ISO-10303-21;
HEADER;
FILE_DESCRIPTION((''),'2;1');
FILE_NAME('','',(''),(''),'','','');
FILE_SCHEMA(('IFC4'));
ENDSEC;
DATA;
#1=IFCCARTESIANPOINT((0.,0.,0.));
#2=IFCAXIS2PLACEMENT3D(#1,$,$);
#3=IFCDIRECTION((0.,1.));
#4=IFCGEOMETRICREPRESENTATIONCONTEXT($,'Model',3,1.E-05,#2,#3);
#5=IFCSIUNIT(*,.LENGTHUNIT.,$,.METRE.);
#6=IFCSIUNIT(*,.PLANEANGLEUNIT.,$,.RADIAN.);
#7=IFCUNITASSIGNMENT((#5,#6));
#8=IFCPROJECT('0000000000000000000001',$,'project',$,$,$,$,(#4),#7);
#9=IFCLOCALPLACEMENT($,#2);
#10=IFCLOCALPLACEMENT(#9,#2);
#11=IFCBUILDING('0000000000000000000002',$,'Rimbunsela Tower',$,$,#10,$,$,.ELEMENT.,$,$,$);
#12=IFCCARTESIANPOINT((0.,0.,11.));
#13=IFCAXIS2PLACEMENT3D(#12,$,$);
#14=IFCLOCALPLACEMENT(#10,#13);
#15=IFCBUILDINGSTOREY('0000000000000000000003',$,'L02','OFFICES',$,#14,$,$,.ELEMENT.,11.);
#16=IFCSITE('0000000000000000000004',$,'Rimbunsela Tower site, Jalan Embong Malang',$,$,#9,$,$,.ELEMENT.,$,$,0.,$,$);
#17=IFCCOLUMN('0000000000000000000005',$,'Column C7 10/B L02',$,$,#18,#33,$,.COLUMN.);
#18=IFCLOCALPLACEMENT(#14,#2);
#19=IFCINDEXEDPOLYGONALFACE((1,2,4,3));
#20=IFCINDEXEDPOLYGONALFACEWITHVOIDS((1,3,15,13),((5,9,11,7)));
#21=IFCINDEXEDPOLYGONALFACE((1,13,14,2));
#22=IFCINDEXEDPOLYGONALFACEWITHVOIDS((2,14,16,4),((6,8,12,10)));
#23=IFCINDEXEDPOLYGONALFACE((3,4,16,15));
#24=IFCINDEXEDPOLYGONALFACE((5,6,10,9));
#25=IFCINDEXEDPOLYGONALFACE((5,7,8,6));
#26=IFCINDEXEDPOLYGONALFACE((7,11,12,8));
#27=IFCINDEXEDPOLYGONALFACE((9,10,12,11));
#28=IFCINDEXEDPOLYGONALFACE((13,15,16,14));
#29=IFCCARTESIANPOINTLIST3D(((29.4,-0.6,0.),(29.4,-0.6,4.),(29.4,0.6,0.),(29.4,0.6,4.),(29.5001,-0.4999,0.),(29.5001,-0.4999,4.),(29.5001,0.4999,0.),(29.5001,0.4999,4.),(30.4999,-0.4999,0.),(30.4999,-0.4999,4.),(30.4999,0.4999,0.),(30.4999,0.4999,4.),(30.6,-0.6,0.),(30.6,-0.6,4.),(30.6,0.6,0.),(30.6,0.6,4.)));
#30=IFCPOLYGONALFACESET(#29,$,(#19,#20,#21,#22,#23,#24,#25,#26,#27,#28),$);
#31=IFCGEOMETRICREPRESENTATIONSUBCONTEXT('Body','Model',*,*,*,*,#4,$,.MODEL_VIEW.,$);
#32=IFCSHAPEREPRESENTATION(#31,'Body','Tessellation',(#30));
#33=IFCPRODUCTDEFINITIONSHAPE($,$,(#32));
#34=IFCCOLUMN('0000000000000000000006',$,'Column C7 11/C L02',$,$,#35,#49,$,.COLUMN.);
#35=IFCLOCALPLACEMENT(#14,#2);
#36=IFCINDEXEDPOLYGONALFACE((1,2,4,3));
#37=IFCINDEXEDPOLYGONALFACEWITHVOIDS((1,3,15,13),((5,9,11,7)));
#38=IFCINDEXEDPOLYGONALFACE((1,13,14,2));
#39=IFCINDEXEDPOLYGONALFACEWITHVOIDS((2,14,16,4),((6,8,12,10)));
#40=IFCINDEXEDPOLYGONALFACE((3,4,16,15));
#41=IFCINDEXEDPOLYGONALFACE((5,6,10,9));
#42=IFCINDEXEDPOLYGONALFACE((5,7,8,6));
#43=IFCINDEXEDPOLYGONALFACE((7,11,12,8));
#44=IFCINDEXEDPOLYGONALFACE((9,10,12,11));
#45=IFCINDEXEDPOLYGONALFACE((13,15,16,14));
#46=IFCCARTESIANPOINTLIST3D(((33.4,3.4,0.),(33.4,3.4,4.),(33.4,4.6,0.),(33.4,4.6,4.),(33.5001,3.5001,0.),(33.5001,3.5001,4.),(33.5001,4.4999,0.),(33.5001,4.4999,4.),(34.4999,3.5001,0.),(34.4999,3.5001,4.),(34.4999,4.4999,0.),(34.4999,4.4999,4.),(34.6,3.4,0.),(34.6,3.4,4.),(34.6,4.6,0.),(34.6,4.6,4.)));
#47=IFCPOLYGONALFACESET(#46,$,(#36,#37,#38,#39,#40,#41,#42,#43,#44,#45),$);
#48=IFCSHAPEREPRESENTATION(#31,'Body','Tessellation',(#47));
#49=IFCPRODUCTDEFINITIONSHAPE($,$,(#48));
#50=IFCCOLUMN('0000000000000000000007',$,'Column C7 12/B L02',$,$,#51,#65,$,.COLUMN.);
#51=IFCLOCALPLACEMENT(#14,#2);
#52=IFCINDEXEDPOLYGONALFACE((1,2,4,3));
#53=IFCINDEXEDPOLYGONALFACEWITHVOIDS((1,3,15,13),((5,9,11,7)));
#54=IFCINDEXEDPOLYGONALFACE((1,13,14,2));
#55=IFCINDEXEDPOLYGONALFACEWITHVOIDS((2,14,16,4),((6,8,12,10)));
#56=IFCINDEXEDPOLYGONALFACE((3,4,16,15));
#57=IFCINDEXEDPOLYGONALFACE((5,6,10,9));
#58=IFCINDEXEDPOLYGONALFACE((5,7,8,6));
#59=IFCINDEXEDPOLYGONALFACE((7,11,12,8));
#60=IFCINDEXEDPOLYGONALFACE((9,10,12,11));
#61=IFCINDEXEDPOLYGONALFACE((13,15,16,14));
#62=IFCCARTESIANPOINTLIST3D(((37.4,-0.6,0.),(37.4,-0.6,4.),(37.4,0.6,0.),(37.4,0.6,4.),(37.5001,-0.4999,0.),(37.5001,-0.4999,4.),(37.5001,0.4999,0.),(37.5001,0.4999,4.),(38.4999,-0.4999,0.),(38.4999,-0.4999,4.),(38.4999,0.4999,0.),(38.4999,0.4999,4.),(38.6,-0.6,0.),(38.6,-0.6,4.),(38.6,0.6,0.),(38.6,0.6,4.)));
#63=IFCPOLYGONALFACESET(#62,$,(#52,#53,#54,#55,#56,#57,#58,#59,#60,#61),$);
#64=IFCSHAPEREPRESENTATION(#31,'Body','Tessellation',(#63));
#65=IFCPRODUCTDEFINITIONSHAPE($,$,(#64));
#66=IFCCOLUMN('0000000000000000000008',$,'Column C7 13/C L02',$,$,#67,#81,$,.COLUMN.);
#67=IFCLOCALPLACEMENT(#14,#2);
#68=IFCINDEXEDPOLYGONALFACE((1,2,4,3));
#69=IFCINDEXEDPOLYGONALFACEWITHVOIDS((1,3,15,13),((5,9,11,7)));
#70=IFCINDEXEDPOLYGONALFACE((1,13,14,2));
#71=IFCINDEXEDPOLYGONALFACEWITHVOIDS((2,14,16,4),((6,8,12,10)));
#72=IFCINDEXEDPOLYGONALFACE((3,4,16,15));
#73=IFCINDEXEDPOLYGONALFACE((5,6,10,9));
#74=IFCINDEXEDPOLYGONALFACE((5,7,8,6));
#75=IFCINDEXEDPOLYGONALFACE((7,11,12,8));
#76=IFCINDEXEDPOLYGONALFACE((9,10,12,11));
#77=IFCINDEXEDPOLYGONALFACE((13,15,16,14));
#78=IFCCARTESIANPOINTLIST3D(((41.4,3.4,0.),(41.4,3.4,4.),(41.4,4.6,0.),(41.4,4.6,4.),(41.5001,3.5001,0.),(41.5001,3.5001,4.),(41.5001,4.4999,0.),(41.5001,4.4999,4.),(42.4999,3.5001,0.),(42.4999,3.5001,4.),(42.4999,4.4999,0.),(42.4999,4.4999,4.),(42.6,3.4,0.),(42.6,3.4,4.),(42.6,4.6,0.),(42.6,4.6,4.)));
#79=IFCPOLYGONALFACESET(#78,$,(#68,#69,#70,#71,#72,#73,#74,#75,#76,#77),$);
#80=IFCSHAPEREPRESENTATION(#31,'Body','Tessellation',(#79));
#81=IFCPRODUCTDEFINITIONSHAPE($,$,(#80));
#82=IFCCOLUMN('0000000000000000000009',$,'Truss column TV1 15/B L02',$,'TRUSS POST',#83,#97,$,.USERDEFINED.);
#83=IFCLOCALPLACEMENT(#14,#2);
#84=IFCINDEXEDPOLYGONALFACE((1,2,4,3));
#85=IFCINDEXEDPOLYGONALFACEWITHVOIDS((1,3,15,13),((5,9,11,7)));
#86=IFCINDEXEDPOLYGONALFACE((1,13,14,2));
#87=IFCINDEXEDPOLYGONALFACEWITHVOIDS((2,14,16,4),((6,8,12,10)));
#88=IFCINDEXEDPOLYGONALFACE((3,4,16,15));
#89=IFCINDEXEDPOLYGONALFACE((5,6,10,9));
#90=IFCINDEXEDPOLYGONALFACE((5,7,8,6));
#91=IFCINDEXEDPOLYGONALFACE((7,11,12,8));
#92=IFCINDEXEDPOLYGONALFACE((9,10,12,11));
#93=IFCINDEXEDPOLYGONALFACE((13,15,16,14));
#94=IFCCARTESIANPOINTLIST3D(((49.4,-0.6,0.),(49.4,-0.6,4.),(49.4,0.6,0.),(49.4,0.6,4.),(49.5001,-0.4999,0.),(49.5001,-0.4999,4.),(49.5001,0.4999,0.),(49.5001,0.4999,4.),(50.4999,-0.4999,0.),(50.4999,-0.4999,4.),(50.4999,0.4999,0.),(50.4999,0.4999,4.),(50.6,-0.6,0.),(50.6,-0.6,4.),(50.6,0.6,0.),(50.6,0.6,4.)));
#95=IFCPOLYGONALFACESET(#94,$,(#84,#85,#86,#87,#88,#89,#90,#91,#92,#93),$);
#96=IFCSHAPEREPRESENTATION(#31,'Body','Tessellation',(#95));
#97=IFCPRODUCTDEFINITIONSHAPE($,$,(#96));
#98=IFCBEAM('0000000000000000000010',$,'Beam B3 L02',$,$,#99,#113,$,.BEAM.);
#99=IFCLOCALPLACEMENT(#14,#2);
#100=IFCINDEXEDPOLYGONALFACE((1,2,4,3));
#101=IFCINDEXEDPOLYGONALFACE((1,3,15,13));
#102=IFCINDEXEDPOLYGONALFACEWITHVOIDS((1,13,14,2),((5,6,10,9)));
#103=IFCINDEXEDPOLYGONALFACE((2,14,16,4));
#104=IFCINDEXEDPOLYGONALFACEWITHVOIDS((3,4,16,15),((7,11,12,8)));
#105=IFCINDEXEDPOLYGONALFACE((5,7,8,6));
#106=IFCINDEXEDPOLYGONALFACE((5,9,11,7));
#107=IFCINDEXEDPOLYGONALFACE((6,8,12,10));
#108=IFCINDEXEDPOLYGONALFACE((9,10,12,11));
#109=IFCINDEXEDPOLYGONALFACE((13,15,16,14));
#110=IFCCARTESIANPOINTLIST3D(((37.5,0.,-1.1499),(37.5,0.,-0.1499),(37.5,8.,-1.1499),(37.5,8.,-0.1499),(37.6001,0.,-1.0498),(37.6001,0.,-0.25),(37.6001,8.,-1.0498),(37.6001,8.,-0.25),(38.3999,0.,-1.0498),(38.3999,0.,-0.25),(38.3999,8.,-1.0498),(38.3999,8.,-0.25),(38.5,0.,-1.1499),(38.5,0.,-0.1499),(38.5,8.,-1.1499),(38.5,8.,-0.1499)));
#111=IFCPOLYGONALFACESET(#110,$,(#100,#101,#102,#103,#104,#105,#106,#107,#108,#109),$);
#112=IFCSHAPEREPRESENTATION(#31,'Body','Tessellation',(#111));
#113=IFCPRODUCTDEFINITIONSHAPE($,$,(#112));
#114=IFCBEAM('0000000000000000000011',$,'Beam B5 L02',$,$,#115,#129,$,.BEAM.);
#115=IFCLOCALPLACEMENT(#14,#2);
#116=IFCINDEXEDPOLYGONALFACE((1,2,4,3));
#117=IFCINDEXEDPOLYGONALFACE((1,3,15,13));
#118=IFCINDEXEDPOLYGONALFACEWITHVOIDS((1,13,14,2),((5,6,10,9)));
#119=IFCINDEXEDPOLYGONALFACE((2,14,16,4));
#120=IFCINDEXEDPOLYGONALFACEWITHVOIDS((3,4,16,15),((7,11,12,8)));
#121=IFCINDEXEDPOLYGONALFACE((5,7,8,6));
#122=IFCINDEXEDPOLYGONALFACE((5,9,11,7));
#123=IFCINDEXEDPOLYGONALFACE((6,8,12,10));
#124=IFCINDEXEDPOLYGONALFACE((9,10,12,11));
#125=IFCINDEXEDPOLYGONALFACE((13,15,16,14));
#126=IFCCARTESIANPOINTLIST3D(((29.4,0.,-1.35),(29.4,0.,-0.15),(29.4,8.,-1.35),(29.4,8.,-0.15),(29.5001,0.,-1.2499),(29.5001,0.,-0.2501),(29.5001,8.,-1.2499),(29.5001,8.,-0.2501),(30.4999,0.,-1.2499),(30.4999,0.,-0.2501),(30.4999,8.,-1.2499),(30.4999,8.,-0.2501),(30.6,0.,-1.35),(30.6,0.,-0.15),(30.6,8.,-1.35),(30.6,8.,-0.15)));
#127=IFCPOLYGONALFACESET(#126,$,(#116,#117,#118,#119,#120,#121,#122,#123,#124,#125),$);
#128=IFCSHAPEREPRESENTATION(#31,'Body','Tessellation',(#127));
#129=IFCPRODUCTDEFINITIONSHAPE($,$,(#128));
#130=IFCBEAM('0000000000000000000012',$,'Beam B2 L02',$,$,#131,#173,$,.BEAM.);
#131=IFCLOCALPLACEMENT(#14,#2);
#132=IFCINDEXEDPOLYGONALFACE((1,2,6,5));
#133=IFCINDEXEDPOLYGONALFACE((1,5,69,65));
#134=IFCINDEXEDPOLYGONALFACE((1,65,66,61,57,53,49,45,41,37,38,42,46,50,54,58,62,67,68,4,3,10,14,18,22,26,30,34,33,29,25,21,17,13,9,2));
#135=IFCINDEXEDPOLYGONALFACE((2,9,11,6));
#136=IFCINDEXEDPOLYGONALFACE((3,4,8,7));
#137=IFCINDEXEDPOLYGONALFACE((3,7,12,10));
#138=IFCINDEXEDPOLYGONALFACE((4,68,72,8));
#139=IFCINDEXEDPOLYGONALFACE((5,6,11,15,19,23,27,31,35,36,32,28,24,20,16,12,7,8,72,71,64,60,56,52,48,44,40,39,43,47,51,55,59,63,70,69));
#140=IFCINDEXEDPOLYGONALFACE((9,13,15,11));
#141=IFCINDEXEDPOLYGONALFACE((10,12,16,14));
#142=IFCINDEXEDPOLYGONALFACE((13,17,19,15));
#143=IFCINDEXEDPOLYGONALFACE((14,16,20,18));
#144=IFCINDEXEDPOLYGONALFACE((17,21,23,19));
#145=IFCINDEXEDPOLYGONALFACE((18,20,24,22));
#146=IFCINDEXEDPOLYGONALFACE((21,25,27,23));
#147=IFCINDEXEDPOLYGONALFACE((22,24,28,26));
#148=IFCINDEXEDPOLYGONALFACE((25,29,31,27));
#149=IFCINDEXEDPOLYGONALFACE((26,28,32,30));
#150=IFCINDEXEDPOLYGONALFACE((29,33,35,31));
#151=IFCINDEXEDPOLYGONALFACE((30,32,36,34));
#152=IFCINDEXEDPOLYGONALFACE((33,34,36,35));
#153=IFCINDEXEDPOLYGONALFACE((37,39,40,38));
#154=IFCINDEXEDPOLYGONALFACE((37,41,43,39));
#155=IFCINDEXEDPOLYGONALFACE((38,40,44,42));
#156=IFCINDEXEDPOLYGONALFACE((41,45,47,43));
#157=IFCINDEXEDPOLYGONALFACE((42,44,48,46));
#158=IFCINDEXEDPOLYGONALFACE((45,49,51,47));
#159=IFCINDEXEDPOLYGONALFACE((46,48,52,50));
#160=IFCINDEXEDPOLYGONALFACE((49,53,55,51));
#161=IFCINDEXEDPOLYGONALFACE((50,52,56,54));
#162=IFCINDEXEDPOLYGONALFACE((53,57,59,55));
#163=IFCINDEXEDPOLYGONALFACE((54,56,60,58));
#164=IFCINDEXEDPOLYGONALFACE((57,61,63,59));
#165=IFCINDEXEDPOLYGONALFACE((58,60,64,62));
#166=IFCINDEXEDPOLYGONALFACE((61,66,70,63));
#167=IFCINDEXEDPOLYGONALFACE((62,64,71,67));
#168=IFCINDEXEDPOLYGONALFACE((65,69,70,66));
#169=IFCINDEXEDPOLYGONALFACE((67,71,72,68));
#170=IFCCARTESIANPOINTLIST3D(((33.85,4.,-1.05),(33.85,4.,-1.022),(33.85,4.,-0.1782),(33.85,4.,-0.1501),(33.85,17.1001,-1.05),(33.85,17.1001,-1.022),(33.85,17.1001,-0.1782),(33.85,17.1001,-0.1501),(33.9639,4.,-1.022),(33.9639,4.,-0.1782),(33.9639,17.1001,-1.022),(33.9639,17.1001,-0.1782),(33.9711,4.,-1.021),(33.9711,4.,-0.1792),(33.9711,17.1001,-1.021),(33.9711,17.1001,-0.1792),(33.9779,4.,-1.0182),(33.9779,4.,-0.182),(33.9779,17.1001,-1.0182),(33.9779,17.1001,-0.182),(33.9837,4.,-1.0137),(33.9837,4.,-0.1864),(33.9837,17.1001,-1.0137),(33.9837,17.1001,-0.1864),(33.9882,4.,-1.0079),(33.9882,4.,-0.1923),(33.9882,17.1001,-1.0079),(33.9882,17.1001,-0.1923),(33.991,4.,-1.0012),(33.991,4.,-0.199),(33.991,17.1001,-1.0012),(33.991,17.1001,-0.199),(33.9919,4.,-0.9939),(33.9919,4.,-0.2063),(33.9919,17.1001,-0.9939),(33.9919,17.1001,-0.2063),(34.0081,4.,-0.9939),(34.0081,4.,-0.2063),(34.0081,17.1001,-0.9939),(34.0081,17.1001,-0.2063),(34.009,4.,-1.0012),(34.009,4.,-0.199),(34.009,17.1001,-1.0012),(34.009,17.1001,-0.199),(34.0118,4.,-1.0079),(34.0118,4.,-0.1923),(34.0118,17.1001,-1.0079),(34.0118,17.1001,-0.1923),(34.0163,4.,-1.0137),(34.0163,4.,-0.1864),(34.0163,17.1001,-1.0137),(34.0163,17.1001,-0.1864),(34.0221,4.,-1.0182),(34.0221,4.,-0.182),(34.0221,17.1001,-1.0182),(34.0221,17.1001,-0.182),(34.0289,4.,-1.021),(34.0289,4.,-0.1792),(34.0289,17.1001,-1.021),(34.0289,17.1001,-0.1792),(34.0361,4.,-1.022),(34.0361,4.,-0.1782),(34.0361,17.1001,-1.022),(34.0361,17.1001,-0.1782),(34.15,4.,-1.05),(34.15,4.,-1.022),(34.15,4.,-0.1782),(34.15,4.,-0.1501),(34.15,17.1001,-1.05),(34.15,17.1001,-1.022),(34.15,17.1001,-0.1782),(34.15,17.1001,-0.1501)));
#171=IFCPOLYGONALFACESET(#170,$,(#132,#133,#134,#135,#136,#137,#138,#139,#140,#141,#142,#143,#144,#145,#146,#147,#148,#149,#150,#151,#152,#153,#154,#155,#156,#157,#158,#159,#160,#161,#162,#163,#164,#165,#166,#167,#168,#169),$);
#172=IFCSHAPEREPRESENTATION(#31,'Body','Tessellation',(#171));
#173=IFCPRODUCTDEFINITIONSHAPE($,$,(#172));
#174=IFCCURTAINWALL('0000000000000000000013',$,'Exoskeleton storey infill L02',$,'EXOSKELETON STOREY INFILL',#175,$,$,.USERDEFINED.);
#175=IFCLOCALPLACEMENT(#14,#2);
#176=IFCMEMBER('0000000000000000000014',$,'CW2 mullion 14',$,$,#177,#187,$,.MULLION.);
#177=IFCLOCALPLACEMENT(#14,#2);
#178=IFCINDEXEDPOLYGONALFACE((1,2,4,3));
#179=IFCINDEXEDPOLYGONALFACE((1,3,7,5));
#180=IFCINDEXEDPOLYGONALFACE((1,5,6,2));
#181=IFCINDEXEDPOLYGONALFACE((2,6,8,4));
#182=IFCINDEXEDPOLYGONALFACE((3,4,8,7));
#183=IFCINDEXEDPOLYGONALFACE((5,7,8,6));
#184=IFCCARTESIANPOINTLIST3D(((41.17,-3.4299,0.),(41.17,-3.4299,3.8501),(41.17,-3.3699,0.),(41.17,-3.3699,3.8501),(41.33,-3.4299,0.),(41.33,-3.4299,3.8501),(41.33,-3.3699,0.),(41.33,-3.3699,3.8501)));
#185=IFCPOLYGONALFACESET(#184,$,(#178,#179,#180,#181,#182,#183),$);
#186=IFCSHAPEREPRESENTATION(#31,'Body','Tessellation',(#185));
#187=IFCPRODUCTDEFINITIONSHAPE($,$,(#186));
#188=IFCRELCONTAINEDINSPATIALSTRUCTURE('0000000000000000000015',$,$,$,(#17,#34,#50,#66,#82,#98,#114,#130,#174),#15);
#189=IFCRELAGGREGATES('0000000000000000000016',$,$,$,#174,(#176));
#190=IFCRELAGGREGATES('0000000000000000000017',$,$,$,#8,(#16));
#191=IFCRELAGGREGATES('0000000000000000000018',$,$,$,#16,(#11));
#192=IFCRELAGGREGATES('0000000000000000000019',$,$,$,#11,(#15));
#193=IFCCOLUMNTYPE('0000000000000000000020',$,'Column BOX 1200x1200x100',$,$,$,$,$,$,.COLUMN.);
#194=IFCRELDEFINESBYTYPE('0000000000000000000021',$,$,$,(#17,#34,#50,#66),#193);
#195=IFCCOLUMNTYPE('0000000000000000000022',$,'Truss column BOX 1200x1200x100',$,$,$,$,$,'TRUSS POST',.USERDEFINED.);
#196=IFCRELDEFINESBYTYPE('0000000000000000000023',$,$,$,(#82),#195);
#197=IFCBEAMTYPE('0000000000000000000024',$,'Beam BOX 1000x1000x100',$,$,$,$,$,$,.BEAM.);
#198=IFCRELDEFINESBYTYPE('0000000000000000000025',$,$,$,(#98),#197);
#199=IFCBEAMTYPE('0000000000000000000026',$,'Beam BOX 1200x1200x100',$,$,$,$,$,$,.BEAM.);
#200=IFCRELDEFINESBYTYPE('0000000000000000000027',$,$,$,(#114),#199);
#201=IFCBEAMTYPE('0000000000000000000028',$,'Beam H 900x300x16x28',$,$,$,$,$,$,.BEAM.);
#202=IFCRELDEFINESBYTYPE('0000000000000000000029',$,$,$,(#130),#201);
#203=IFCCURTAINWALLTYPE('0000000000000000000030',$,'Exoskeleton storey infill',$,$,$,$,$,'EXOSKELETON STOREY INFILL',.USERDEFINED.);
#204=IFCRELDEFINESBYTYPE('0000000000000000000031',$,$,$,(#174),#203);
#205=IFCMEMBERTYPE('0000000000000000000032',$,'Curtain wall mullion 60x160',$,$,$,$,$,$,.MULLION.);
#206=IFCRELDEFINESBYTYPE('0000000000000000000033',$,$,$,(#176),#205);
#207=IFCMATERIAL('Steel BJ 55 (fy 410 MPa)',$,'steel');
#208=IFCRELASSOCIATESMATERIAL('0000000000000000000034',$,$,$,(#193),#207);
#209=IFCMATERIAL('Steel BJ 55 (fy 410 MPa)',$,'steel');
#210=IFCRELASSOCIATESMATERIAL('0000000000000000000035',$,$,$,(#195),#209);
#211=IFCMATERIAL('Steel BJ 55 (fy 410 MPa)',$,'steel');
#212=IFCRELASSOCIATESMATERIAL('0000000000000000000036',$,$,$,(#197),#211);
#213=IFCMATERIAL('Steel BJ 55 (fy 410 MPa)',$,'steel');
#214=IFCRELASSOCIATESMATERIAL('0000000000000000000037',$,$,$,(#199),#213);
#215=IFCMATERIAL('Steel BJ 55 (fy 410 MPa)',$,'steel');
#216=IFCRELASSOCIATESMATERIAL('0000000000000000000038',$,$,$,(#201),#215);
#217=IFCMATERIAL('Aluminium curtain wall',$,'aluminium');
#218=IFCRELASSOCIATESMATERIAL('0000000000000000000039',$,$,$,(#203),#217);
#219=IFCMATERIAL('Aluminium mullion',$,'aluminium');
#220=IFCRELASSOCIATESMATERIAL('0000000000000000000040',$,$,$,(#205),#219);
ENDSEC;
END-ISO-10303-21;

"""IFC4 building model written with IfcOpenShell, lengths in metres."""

from ifc_helpers import new_model, si_unit, direction, frame, origin, origin_2d, place, context, subcontext, project, spatial, rectangle, hollow_rectangle, i_section, extrude, material, material_profile, profile_set, type_object, element, aggregate, save


model = new_model("IFC4")

# Units and contexts
model_context = context("Model", 3, precision=1e-05, world=origin(), true_north=direction((0.0, 1.0)))
body_context = subcontext(model_context, "Body", "Model", "MODEL_VIEW")
ifc_project = project(units=[si_unit("LENGTHUNIT", "METRE"), si_unit("PLANEANGLEUNIT", "RADIAN")], contexts=[model_context])

# Site, building, storey
site_placement = place(None, origin())
site = spatial("IfcSite", under=ifc_project, at=site_placement, Name="Rimbunsela Tower site, Jalan Embong Malang", CompositionType="ELEMENT", RefElevation=0.0)
building_placement = place(site_placement, origin())
building = spatial("IfcBuilding", under=site, at=building_placement, Name="Rimbunsela Tower", CompositionType="ELEMENT")
storey_placement = place(building_placement, frame((0.0, 0.0, 11.0)))
storey = spatial("IfcBuildingStorey", under=building, at=storey_placement, Name="L02", Description="OFFICES", CompositionType="ELEMENT", Elevation=11.0)

# Columns
ifc_material_1 = material(Name="Steel BJ 55 (fy 410 MPa)", Category="steel")
ifc_material_profile_1 = material_profile(ifc_material_1, hollow_rectangle(XDim=1.2, YDim=1.2, WallThickness=0.1001, at=origin_2d()), Name="BOX 1200x1200x100")
ifc_profile_set_1 = profile_set([ifc_material_profile_1], Name="Steel BJ 55 (fy 410 MPa)")
column_type_1 = type_object("IfcColumnType", Name="Column BOX 1200x1200x100", PredefinedType="COLUMN", material=ifc_profile_set_1)
for number, where, z_axis, x_axis, name in (
    (1, (30.0, 0.0, 0.0), (0.0, 0.0, 1.0), (1.0, 0.0, 0.0), "Column C7 10/B L02"),
    (2, (34.0, 4.0, 0.0), (0.0, 0.0, 1.0), (1.0, 0.0, 0.0), "Column C7 11/C L02"),
    (3, (38.0, 0.0, 0.0), (0.0, 0.0, 1.0), (1.0, 0.0, 0.0), "Column C7 12/B L02"),
    (4, (42.0, 4.0, 0.0), (0.0, 0.0, 1.0), (1.0, 0.0, 0.0), "Column C7 13/C L02"),
):
    element("IfcColumn", number, at=place(storey_placement, frame(where, z_axis=z_axis, x_axis=x_axis)), inside=storey, type_object=column_type_1, Name=name, PredefinedType="COLUMN", context=body_context, shape_type="SweptSolid", body=[
        extrude(hollow_rectangle(XDim=1.2, YDim=1.2, WallThickness=0.1001, at=origin_2d()), origin(), (0.0, 0.0, 1.0), 4.0),
    ])
ifc_material_2 = material(Name="Steel BJ 55 (fy 410 MPa)", Category="steel")
ifc_material_profile_2 = material_profile(ifc_material_2, hollow_rectangle(XDim=1.2, YDim=1.2, WallThickness=0.1001, at=origin_2d()), Name="BOX 1200x1200x100")
ifc_profile_set_2 = profile_set([ifc_material_profile_2], Name="Steel BJ 55 (fy 410 MPa)")
column_type_2 = type_object("IfcColumnType", Name="Truss column BOX 1200x1200x100", ElementType="TRUSS POST", PredefinedType="USERDEFINED", material=ifc_profile_set_2)
column_placement = place(storey_placement, frame((50.0, 0.0, 0.0), z_axis=(0.0, 0.0, 1.0), x_axis=(1.0, 0.0, 0.0)))
element("IfcColumn", 5, at=column_placement, inside=storey, type_object=column_type_2, Name="Truss column TV1 15/B L02", ObjectType="TRUSS POST", PredefinedType="USERDEFINED", context=body_context, shape_type="SweptSolid", body=[
    extrude(hollow_rectangle(XDim=1.2, YDim=1.2, WallThickness=0.1001, at=origin_2d()), origin(), (0.0, 0.0, 1.0), 4.0),
])

# Beams
ifc_material_3 = material(Name="Steel BJ 55 (fy 410 MPa)", Category="steel")
ifc_material_profile_3 = material_profile(ifc_material_3, hollow_rectangle(XDim=1.0, YDim=1.0, WallThickness=0.1001, at=origin_2d()), Name="BOX 1000x1000x100")
ifc_profile_set_3 = profile_set([ifc_material_profile_3], Name="Steel BJ 55 (fy 410 MPa)")
beam_type_1 = type_object("IfcBeamType", Name="Beam BOX 1000x1000x100", PredefinedType="BEAM", material=ifc_profile_set_3)
beam_1_placement = place(storey_placement, frame((38.0, 0.0, -0.6499), z_axis=(0.0, 1.0, 0.0), x_axis=(-1.0, 0.0, 0.0)))
element("IfcBeam", 6, at=beam_1_placement, inside=storey, type_object=beam_type_1, Name="Beam B3 L02", PredefinedType="BEAM", context=body_context, shape_type="SweptSolid", body=[
    extrude(hollow_rectangle(XDim=1.0, YDim=1.0, WallThickness=0.1001, at=origin_2d()), origin(), (0.0, 0.0, 1.0), 8.0),
])
ifc_material_4 = material(Name="Steel BJ 55 (fy 410 MPa)", Category="steel")
ifc_material_profile_4 = material_profile(ifc_material_4, hollow_rectangle(XDim=1.2, YDim=1.2, WallThickness=0.1001, at=origin_2d()), Name="BOX 1200x1200x100")
ifc_profile_set_4 = profile_set([ifc_material_profile_4], Name="Steel BJ 55 (fy 410 MPa)")
beam_type_2 = type_object("IfcBeamType", Name="Beam BOX 1200x1200x100", PredefinedType="BEAM", material=ifc_profile_set_4)
beam_2_placement = place(storey_placement, frame((30.0, 0.0, -0.75), z_axis=(0.0, 1.0, 0.0), x_axis=(-1.0, 0.0, 0.0)))
element("IfcBeam", 7, at=beam_2_placement, inside=storey, type_object=beam_type_2, Name="Beam B5 L02", PredefinedType="BEAM", context=body_context, shape_type="SweptSolid", body=[
    extrude(hollow_rectangle(XDim=1.2, YDim=1.2, WallThickness=0.1001, at=origin_2d()), origin(), (0.0, 0.0, 1.0), 8.0),
])
ifc_material_5 = material(Name="Steel BJ 55 (fy 410 MPa)", Category="steel")
ifc_material_profile_5 = material_profile(ifc_material_5, i_section(OverallWidth=0.3, OverallDepth=0.8999, WebThickness=0.0161, FlangeThickness=0.0281, FilletRadius=0.0281, at=origin_2d()), Name="H 900x300x16x28")
ifc_profile_set_5 = profile_set([ifc_material_profile_5], Name="Steel BJ 55 (fy 410 MPa)")
beam_type_3 = type_object("IfcBeamType", Name="Beam H 900x300x16x28", PredefinedType="BEAM", material=ifc_profile_set_5)
beam_3_placement = place(storey_placement, frame((34.0, 4.0, -0.6001), z_axis=(0.0, 1.0, 0.0), x_axis=(-1.0, 0.0, 0.0)))
element("IfcBeam", 8, at=beam_3_placement, inside=storey, type_object=beam_type_3, Name="Beam B2 L02", PredefinedType="BEAM", context=body_context, shape_type="SweptSolid", body=[
    extrude(i_section(OverallWidth=0.3, OverallDepth=0.8999, WebThickness=0.0161, FlangeThickness=0.0281, FilletRadius=0.0281, at=origin_2d()), origin(), (0.0, 0.0, 1.0), 13.1001),
])

# Curtain wall, member
ifc_material_6 = material(Name="Aluminium curtain wall", Category="aluminium")
curtain_wall_type = type_object("IfcCurtainWallType", Name="Exoskeleton storey infill", ElementType="EXOSKELETON STOREY INFILL", PredefinedType="USERDEFINED", material=ifc_material_6)
curtain_wall_placement = place(storey_placement, origin())
curtain_wall = element("IfcCurtainWall", 9, at=curtain_wall_placement, inside=storey, type_object=curtain_wall_type, Name="Exoskeleton storey infill L02", ObjectType="EXOSKELETON STOREY INFILL", PredefinedType="USERDEFINED")
ifc_material_7 = material(Name="Aluminium mullion", Category="aluminium")
ifc_material_profile_6 = material_profile(ifc_material_7, rectangle(XDim=0.0601, YDim=0.1599, at=origin_2d()), Name="Mullion 60x160")
ifc_profile_set_6 = profile_set([ifc_material_profile_6], Name="Aluminium mullion")
member_type_1 = type_object("IfcMemberType", Name="Curtain wall mullion 60x160", PredefinedType="MULLION", material=ifc_profile_set_6)
member_1_placement = place(storey_placement, frame((41.25, -3.3999, 0.0), z_axis=(0.0, 0.0, 1.0), x_axis=(0.0, 1.0, 0.0)))
member_1 = element("IfcMember", 10, at=member_1_placement, type_object=member_type_1, Name="CW2 mullion 14", PredefinedType="MULLION", context=body_context, shape_type="SweptSolid", body=[
    extrude(rectangle(XDim=0.0601, YDim=0.1599, at=origin_2d()), origin(), (0.0, 0.0, 1.0), 3.8501),
])

aggregate(curtain_wall, [member_1])

save(model, "model.ifc")
